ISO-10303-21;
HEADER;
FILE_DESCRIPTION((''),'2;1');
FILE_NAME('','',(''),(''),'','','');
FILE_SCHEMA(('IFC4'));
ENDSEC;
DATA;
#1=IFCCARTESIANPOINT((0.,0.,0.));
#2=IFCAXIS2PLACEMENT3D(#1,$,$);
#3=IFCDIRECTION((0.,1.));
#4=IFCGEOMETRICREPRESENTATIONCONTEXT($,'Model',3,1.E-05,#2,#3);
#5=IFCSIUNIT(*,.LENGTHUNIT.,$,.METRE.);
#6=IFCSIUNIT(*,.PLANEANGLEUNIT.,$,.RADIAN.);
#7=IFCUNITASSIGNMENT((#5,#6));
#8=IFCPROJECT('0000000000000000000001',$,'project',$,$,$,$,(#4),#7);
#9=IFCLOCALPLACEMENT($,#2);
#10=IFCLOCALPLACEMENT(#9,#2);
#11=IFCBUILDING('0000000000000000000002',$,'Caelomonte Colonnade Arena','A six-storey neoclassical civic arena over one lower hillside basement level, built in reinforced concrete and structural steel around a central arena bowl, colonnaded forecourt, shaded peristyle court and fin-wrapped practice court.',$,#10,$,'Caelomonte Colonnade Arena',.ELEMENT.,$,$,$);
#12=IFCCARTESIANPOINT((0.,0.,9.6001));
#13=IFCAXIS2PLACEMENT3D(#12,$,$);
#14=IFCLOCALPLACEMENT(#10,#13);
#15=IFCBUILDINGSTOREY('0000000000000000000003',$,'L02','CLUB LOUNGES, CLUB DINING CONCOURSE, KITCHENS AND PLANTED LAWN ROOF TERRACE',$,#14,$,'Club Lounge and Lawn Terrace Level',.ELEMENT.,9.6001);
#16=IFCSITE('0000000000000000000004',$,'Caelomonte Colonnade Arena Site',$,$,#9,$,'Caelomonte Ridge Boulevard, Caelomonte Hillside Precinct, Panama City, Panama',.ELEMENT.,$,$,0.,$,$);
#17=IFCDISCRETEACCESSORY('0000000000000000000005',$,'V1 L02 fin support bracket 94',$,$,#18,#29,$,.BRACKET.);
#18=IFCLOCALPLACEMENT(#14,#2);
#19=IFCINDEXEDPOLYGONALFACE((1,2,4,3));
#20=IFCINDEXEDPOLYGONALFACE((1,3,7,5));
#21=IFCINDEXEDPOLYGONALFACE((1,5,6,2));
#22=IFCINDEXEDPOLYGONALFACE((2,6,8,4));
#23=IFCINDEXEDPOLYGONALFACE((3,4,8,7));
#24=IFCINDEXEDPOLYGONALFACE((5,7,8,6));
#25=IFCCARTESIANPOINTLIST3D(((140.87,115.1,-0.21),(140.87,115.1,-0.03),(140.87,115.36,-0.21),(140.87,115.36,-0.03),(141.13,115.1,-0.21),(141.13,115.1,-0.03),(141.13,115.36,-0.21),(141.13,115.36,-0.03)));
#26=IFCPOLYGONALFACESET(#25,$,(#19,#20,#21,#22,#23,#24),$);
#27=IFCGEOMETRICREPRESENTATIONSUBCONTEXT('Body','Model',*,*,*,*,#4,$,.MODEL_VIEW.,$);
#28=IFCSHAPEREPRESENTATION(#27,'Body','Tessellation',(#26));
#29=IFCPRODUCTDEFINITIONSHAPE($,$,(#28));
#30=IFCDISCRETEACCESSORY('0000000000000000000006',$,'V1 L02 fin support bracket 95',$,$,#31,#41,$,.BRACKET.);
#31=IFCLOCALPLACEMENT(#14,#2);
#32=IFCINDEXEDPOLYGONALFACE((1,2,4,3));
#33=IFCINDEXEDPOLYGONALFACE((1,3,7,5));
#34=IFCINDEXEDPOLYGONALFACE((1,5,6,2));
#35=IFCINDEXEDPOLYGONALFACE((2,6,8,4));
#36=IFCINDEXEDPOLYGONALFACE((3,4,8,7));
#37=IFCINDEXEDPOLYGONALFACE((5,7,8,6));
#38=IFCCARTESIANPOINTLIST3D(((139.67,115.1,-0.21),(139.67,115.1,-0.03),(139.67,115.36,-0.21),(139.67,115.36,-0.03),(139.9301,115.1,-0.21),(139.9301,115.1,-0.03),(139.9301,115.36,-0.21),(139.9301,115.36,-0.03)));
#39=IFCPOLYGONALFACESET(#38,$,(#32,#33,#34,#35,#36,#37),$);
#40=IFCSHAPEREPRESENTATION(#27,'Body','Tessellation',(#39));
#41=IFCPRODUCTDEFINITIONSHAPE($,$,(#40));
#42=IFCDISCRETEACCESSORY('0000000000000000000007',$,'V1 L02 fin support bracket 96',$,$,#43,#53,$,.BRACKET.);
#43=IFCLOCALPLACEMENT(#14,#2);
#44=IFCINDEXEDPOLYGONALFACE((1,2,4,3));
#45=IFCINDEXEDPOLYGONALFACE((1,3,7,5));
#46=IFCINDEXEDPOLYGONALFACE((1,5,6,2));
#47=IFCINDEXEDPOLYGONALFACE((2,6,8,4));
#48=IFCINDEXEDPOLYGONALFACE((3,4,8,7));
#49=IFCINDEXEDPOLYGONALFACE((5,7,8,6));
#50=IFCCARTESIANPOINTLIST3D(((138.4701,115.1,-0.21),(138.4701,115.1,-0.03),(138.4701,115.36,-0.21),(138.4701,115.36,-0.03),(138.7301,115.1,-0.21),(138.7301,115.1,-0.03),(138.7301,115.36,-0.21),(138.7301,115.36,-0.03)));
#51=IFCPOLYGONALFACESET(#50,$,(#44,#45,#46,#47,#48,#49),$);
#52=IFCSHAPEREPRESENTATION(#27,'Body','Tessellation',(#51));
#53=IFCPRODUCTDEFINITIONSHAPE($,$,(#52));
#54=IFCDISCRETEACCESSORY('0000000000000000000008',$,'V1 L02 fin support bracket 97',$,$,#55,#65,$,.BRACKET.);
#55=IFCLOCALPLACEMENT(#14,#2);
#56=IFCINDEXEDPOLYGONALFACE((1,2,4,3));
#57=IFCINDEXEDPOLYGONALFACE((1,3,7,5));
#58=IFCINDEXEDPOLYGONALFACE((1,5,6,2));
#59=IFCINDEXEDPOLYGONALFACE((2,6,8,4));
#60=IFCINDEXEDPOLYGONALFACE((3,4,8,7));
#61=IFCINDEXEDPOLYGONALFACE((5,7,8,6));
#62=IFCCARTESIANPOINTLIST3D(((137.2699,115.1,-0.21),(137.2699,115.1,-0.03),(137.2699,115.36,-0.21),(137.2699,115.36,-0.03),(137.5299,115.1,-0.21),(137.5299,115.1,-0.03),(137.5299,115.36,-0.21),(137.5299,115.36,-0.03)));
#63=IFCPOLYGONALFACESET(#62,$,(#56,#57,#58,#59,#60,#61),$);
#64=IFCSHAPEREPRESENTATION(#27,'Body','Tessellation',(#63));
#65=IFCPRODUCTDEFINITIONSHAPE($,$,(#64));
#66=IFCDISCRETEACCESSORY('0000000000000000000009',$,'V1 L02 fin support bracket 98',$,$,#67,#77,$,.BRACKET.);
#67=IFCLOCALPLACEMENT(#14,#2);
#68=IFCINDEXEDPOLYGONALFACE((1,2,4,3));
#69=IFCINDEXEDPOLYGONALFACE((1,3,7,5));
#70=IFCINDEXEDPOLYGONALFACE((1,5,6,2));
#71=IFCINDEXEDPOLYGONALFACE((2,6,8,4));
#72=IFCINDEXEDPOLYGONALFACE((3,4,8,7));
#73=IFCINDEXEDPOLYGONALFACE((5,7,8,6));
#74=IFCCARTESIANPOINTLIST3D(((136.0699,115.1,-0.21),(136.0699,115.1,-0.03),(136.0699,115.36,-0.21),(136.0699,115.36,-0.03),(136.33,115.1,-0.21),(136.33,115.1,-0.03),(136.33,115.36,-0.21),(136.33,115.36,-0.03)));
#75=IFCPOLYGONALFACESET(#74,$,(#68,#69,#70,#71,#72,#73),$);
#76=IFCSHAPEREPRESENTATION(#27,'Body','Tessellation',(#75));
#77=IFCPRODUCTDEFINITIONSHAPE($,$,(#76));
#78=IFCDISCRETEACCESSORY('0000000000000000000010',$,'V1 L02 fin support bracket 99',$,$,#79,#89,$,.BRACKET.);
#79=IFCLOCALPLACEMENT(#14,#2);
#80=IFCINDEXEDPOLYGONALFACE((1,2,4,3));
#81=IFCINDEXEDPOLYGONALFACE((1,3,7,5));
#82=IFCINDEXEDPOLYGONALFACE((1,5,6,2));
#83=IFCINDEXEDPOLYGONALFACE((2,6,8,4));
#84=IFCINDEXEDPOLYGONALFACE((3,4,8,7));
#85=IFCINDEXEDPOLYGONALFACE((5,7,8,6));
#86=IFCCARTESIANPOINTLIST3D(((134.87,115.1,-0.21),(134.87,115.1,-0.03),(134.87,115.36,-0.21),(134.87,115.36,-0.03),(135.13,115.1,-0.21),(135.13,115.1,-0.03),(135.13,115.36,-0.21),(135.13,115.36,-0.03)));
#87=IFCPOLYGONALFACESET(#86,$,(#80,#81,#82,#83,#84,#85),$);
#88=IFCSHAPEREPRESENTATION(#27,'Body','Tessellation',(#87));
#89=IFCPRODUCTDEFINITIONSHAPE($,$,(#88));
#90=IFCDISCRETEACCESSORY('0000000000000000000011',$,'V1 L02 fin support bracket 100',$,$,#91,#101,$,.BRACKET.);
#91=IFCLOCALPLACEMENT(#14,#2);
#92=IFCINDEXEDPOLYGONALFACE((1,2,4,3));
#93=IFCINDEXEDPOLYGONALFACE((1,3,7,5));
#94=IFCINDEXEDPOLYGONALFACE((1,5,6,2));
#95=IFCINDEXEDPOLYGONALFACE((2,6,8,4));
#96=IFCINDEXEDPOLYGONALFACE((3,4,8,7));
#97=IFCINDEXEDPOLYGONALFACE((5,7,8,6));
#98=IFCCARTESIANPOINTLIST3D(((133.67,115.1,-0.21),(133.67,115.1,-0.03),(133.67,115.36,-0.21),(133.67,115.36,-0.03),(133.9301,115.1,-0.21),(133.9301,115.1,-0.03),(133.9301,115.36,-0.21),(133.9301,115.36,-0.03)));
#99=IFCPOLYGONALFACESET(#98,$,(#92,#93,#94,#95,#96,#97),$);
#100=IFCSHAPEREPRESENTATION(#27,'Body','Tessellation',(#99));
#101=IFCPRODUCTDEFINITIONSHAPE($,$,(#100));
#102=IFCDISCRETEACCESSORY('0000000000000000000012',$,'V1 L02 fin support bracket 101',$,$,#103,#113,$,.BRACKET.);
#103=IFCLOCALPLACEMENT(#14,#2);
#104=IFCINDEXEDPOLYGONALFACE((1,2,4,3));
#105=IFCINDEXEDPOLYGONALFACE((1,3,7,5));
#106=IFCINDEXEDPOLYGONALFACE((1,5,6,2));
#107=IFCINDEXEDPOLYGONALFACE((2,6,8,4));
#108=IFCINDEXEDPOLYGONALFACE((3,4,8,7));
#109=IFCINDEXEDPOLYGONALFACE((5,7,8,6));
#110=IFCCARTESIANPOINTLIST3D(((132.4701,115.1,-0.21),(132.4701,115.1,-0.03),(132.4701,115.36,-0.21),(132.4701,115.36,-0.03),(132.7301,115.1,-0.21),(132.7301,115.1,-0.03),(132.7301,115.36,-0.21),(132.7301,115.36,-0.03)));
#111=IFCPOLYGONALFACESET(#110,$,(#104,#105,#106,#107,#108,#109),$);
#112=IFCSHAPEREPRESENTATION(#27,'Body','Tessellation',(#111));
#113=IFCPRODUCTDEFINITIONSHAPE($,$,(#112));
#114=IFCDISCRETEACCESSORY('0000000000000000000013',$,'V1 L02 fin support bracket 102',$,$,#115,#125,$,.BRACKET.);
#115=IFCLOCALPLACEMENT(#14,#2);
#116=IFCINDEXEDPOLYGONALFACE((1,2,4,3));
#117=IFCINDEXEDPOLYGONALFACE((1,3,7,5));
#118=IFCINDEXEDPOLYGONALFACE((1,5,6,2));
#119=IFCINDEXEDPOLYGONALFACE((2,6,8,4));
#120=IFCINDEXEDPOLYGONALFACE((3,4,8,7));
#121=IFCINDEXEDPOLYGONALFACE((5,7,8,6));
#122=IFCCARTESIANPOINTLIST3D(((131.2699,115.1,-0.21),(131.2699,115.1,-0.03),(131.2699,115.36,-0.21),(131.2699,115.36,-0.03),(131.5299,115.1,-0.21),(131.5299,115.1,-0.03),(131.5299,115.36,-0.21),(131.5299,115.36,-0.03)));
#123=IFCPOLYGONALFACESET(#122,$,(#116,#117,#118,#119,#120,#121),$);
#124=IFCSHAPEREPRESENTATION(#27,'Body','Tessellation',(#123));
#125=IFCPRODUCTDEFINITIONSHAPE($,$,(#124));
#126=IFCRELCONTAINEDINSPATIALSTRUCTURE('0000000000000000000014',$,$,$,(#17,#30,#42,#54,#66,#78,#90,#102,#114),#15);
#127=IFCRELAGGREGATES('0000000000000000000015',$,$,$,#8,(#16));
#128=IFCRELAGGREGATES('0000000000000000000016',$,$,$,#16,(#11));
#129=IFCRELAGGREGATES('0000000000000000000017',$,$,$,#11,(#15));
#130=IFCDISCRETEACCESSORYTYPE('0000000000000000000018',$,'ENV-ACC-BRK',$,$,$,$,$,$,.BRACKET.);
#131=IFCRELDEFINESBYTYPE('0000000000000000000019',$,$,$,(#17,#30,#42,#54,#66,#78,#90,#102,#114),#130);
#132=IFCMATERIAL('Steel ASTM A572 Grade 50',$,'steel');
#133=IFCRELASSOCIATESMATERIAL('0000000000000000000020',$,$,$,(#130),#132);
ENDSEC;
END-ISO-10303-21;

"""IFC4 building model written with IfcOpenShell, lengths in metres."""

from ifc_helpers import new_model, si_unit, direction, frame, origin, origin_2d, place, context, subcontext, project, spatial, rectangle, extrude, material, type_object, element, save


model = new_model("IFC4")

# Units and contexts
model_context = context("Model", 3, precision=1e-05, world=origin(), true_north=direction((0.0, 1.0)))
body_context = subcontext(model_context, "Body", "Model", "MODEL_VIEW")
ifc_project = project(units=[si_unit("LENGTHUNIT", "METRE"), si_unit("PLANEANGLEUNIT", "RADIAN")], contexts=[model_context])

# Site, building, storey
site_placement = place(None, origin())
site = spatial("IfcSite", under=ifc_project, at=site_placement, Name="Caelomonte Colonnade Arena Site", LongName="Caelomonte Ridge Boulevard, Caelomonte Hillside Precinct, Panama City, Panama", CompositionType="ELEMENT", RefElevation=0.0)
building_placement = place(site_placement, origin())
building = spatial("IfcBuilding", under=site, at=building_placement, Name="Caelomonte Colonnade Arena", Description="A six-storey neoclassical civic arena over one lower hillside basement level, built in reinforced concrete and structural steel around a central arena bowl, colonnaded forecourt, shaded peristyle court and fin-wrapped practice court.", LongName="Caelomonte Colonnade Arena", CompositionType="ELEMENT")
storey_placement = place(building_placement, frame((0.0, 0.0, 9.6001)))
storey = spatial("IfcBuildingStorey", under=building, at=storey_placement, Name="L02", Description="CLUB LOUNGES, CLUB DINING CONCOURSE, KITCHENS AND PLANTED LAWN ROOF TERRACE", LongName="Club Lounge and Lawn Terrace Level", CompositionType="ELEMENT", Elevation=9.6001)

# Discrete accessories
ifc_material_1 = material(Name="Steel ASTM A572 Grade 50", Category="steel")
discrete_accessory_type = type_object("IfcDiscreteAccessoryType", Name="ENV-ACC-BRK", PredefinedType="BRACKET", material=ifc_material_1)
for number, where, z_axis, x_axis, name in (
    (1, (141.0, 115.23, -0.21), (0.0, 0.0, 1.0), (-1.0, 0.0, 0.0), "V1 L02 fin support bracket 94"),
    (2, (139.8, 115.23, -0.21), (0.0, 0.0, 1.0), (-1.0, 0.0, 0.0), "V1 L02 fin support bracket 95"),
    (3, (138.6001, 115.23, -0.21), (0.0, 0.0, 1.0), (-1.0, 0.0, 0.0), "V1 L02 fin support bracket 96"),
    (4, (137.3999, 115.23, -0.21), (0.0, 0.0, 1.0), (-1.0, 0.0, 0.0), "V1 L02 fin support bracket 97"),
    (5, (136.2, 115.23, -0.21), (0.0, 0.0, 1.0), (-1.0, 0.0, 0.0), "V1 L02 fin support bracket 98"),
    (6, (135.0, 115.23, -0.21), (0.0, 0.0, 1.0), (-1.0, 0.0, 0.0), "V1 L02 fin support bracket 99"),
    (7, (133.8, 115.23, -0.21), (0.0, 0.0, 1.0), (-1.0, 0.0, 0.0), "V1 L02 fin support bracket 100"),
    (8, (132.6001, 115.23, -0.21), (0.0, 0.0, 1.0), (-1.0, 0.0, 0.0), "V1 L02 fin support bracket 101"),
    (9, (131.3999, 115.23, -0.21), (0.0, 0.0, 1.0), (-1.0, 0.0, 0.0), "V1 L02 fin support bracket 102"),
):
    element("IfcDiscreteAccessory", number, at=place(storey_placement, frame(where, z_axis=z_axis, x_axis=x_axis)), inside=storey, type_object=discrete_accessory_type, Name=name, PredefinedType="BRACKET", context=body_context, shape_type="SweptSolid", body=[
        extrude(rectangle(XDim=0.26, YDim=0.26, at=origin_2d()), origin(), (0.0, 0.0, 1.0), 0.1799),
    ])

save(model, "model.ifc")
